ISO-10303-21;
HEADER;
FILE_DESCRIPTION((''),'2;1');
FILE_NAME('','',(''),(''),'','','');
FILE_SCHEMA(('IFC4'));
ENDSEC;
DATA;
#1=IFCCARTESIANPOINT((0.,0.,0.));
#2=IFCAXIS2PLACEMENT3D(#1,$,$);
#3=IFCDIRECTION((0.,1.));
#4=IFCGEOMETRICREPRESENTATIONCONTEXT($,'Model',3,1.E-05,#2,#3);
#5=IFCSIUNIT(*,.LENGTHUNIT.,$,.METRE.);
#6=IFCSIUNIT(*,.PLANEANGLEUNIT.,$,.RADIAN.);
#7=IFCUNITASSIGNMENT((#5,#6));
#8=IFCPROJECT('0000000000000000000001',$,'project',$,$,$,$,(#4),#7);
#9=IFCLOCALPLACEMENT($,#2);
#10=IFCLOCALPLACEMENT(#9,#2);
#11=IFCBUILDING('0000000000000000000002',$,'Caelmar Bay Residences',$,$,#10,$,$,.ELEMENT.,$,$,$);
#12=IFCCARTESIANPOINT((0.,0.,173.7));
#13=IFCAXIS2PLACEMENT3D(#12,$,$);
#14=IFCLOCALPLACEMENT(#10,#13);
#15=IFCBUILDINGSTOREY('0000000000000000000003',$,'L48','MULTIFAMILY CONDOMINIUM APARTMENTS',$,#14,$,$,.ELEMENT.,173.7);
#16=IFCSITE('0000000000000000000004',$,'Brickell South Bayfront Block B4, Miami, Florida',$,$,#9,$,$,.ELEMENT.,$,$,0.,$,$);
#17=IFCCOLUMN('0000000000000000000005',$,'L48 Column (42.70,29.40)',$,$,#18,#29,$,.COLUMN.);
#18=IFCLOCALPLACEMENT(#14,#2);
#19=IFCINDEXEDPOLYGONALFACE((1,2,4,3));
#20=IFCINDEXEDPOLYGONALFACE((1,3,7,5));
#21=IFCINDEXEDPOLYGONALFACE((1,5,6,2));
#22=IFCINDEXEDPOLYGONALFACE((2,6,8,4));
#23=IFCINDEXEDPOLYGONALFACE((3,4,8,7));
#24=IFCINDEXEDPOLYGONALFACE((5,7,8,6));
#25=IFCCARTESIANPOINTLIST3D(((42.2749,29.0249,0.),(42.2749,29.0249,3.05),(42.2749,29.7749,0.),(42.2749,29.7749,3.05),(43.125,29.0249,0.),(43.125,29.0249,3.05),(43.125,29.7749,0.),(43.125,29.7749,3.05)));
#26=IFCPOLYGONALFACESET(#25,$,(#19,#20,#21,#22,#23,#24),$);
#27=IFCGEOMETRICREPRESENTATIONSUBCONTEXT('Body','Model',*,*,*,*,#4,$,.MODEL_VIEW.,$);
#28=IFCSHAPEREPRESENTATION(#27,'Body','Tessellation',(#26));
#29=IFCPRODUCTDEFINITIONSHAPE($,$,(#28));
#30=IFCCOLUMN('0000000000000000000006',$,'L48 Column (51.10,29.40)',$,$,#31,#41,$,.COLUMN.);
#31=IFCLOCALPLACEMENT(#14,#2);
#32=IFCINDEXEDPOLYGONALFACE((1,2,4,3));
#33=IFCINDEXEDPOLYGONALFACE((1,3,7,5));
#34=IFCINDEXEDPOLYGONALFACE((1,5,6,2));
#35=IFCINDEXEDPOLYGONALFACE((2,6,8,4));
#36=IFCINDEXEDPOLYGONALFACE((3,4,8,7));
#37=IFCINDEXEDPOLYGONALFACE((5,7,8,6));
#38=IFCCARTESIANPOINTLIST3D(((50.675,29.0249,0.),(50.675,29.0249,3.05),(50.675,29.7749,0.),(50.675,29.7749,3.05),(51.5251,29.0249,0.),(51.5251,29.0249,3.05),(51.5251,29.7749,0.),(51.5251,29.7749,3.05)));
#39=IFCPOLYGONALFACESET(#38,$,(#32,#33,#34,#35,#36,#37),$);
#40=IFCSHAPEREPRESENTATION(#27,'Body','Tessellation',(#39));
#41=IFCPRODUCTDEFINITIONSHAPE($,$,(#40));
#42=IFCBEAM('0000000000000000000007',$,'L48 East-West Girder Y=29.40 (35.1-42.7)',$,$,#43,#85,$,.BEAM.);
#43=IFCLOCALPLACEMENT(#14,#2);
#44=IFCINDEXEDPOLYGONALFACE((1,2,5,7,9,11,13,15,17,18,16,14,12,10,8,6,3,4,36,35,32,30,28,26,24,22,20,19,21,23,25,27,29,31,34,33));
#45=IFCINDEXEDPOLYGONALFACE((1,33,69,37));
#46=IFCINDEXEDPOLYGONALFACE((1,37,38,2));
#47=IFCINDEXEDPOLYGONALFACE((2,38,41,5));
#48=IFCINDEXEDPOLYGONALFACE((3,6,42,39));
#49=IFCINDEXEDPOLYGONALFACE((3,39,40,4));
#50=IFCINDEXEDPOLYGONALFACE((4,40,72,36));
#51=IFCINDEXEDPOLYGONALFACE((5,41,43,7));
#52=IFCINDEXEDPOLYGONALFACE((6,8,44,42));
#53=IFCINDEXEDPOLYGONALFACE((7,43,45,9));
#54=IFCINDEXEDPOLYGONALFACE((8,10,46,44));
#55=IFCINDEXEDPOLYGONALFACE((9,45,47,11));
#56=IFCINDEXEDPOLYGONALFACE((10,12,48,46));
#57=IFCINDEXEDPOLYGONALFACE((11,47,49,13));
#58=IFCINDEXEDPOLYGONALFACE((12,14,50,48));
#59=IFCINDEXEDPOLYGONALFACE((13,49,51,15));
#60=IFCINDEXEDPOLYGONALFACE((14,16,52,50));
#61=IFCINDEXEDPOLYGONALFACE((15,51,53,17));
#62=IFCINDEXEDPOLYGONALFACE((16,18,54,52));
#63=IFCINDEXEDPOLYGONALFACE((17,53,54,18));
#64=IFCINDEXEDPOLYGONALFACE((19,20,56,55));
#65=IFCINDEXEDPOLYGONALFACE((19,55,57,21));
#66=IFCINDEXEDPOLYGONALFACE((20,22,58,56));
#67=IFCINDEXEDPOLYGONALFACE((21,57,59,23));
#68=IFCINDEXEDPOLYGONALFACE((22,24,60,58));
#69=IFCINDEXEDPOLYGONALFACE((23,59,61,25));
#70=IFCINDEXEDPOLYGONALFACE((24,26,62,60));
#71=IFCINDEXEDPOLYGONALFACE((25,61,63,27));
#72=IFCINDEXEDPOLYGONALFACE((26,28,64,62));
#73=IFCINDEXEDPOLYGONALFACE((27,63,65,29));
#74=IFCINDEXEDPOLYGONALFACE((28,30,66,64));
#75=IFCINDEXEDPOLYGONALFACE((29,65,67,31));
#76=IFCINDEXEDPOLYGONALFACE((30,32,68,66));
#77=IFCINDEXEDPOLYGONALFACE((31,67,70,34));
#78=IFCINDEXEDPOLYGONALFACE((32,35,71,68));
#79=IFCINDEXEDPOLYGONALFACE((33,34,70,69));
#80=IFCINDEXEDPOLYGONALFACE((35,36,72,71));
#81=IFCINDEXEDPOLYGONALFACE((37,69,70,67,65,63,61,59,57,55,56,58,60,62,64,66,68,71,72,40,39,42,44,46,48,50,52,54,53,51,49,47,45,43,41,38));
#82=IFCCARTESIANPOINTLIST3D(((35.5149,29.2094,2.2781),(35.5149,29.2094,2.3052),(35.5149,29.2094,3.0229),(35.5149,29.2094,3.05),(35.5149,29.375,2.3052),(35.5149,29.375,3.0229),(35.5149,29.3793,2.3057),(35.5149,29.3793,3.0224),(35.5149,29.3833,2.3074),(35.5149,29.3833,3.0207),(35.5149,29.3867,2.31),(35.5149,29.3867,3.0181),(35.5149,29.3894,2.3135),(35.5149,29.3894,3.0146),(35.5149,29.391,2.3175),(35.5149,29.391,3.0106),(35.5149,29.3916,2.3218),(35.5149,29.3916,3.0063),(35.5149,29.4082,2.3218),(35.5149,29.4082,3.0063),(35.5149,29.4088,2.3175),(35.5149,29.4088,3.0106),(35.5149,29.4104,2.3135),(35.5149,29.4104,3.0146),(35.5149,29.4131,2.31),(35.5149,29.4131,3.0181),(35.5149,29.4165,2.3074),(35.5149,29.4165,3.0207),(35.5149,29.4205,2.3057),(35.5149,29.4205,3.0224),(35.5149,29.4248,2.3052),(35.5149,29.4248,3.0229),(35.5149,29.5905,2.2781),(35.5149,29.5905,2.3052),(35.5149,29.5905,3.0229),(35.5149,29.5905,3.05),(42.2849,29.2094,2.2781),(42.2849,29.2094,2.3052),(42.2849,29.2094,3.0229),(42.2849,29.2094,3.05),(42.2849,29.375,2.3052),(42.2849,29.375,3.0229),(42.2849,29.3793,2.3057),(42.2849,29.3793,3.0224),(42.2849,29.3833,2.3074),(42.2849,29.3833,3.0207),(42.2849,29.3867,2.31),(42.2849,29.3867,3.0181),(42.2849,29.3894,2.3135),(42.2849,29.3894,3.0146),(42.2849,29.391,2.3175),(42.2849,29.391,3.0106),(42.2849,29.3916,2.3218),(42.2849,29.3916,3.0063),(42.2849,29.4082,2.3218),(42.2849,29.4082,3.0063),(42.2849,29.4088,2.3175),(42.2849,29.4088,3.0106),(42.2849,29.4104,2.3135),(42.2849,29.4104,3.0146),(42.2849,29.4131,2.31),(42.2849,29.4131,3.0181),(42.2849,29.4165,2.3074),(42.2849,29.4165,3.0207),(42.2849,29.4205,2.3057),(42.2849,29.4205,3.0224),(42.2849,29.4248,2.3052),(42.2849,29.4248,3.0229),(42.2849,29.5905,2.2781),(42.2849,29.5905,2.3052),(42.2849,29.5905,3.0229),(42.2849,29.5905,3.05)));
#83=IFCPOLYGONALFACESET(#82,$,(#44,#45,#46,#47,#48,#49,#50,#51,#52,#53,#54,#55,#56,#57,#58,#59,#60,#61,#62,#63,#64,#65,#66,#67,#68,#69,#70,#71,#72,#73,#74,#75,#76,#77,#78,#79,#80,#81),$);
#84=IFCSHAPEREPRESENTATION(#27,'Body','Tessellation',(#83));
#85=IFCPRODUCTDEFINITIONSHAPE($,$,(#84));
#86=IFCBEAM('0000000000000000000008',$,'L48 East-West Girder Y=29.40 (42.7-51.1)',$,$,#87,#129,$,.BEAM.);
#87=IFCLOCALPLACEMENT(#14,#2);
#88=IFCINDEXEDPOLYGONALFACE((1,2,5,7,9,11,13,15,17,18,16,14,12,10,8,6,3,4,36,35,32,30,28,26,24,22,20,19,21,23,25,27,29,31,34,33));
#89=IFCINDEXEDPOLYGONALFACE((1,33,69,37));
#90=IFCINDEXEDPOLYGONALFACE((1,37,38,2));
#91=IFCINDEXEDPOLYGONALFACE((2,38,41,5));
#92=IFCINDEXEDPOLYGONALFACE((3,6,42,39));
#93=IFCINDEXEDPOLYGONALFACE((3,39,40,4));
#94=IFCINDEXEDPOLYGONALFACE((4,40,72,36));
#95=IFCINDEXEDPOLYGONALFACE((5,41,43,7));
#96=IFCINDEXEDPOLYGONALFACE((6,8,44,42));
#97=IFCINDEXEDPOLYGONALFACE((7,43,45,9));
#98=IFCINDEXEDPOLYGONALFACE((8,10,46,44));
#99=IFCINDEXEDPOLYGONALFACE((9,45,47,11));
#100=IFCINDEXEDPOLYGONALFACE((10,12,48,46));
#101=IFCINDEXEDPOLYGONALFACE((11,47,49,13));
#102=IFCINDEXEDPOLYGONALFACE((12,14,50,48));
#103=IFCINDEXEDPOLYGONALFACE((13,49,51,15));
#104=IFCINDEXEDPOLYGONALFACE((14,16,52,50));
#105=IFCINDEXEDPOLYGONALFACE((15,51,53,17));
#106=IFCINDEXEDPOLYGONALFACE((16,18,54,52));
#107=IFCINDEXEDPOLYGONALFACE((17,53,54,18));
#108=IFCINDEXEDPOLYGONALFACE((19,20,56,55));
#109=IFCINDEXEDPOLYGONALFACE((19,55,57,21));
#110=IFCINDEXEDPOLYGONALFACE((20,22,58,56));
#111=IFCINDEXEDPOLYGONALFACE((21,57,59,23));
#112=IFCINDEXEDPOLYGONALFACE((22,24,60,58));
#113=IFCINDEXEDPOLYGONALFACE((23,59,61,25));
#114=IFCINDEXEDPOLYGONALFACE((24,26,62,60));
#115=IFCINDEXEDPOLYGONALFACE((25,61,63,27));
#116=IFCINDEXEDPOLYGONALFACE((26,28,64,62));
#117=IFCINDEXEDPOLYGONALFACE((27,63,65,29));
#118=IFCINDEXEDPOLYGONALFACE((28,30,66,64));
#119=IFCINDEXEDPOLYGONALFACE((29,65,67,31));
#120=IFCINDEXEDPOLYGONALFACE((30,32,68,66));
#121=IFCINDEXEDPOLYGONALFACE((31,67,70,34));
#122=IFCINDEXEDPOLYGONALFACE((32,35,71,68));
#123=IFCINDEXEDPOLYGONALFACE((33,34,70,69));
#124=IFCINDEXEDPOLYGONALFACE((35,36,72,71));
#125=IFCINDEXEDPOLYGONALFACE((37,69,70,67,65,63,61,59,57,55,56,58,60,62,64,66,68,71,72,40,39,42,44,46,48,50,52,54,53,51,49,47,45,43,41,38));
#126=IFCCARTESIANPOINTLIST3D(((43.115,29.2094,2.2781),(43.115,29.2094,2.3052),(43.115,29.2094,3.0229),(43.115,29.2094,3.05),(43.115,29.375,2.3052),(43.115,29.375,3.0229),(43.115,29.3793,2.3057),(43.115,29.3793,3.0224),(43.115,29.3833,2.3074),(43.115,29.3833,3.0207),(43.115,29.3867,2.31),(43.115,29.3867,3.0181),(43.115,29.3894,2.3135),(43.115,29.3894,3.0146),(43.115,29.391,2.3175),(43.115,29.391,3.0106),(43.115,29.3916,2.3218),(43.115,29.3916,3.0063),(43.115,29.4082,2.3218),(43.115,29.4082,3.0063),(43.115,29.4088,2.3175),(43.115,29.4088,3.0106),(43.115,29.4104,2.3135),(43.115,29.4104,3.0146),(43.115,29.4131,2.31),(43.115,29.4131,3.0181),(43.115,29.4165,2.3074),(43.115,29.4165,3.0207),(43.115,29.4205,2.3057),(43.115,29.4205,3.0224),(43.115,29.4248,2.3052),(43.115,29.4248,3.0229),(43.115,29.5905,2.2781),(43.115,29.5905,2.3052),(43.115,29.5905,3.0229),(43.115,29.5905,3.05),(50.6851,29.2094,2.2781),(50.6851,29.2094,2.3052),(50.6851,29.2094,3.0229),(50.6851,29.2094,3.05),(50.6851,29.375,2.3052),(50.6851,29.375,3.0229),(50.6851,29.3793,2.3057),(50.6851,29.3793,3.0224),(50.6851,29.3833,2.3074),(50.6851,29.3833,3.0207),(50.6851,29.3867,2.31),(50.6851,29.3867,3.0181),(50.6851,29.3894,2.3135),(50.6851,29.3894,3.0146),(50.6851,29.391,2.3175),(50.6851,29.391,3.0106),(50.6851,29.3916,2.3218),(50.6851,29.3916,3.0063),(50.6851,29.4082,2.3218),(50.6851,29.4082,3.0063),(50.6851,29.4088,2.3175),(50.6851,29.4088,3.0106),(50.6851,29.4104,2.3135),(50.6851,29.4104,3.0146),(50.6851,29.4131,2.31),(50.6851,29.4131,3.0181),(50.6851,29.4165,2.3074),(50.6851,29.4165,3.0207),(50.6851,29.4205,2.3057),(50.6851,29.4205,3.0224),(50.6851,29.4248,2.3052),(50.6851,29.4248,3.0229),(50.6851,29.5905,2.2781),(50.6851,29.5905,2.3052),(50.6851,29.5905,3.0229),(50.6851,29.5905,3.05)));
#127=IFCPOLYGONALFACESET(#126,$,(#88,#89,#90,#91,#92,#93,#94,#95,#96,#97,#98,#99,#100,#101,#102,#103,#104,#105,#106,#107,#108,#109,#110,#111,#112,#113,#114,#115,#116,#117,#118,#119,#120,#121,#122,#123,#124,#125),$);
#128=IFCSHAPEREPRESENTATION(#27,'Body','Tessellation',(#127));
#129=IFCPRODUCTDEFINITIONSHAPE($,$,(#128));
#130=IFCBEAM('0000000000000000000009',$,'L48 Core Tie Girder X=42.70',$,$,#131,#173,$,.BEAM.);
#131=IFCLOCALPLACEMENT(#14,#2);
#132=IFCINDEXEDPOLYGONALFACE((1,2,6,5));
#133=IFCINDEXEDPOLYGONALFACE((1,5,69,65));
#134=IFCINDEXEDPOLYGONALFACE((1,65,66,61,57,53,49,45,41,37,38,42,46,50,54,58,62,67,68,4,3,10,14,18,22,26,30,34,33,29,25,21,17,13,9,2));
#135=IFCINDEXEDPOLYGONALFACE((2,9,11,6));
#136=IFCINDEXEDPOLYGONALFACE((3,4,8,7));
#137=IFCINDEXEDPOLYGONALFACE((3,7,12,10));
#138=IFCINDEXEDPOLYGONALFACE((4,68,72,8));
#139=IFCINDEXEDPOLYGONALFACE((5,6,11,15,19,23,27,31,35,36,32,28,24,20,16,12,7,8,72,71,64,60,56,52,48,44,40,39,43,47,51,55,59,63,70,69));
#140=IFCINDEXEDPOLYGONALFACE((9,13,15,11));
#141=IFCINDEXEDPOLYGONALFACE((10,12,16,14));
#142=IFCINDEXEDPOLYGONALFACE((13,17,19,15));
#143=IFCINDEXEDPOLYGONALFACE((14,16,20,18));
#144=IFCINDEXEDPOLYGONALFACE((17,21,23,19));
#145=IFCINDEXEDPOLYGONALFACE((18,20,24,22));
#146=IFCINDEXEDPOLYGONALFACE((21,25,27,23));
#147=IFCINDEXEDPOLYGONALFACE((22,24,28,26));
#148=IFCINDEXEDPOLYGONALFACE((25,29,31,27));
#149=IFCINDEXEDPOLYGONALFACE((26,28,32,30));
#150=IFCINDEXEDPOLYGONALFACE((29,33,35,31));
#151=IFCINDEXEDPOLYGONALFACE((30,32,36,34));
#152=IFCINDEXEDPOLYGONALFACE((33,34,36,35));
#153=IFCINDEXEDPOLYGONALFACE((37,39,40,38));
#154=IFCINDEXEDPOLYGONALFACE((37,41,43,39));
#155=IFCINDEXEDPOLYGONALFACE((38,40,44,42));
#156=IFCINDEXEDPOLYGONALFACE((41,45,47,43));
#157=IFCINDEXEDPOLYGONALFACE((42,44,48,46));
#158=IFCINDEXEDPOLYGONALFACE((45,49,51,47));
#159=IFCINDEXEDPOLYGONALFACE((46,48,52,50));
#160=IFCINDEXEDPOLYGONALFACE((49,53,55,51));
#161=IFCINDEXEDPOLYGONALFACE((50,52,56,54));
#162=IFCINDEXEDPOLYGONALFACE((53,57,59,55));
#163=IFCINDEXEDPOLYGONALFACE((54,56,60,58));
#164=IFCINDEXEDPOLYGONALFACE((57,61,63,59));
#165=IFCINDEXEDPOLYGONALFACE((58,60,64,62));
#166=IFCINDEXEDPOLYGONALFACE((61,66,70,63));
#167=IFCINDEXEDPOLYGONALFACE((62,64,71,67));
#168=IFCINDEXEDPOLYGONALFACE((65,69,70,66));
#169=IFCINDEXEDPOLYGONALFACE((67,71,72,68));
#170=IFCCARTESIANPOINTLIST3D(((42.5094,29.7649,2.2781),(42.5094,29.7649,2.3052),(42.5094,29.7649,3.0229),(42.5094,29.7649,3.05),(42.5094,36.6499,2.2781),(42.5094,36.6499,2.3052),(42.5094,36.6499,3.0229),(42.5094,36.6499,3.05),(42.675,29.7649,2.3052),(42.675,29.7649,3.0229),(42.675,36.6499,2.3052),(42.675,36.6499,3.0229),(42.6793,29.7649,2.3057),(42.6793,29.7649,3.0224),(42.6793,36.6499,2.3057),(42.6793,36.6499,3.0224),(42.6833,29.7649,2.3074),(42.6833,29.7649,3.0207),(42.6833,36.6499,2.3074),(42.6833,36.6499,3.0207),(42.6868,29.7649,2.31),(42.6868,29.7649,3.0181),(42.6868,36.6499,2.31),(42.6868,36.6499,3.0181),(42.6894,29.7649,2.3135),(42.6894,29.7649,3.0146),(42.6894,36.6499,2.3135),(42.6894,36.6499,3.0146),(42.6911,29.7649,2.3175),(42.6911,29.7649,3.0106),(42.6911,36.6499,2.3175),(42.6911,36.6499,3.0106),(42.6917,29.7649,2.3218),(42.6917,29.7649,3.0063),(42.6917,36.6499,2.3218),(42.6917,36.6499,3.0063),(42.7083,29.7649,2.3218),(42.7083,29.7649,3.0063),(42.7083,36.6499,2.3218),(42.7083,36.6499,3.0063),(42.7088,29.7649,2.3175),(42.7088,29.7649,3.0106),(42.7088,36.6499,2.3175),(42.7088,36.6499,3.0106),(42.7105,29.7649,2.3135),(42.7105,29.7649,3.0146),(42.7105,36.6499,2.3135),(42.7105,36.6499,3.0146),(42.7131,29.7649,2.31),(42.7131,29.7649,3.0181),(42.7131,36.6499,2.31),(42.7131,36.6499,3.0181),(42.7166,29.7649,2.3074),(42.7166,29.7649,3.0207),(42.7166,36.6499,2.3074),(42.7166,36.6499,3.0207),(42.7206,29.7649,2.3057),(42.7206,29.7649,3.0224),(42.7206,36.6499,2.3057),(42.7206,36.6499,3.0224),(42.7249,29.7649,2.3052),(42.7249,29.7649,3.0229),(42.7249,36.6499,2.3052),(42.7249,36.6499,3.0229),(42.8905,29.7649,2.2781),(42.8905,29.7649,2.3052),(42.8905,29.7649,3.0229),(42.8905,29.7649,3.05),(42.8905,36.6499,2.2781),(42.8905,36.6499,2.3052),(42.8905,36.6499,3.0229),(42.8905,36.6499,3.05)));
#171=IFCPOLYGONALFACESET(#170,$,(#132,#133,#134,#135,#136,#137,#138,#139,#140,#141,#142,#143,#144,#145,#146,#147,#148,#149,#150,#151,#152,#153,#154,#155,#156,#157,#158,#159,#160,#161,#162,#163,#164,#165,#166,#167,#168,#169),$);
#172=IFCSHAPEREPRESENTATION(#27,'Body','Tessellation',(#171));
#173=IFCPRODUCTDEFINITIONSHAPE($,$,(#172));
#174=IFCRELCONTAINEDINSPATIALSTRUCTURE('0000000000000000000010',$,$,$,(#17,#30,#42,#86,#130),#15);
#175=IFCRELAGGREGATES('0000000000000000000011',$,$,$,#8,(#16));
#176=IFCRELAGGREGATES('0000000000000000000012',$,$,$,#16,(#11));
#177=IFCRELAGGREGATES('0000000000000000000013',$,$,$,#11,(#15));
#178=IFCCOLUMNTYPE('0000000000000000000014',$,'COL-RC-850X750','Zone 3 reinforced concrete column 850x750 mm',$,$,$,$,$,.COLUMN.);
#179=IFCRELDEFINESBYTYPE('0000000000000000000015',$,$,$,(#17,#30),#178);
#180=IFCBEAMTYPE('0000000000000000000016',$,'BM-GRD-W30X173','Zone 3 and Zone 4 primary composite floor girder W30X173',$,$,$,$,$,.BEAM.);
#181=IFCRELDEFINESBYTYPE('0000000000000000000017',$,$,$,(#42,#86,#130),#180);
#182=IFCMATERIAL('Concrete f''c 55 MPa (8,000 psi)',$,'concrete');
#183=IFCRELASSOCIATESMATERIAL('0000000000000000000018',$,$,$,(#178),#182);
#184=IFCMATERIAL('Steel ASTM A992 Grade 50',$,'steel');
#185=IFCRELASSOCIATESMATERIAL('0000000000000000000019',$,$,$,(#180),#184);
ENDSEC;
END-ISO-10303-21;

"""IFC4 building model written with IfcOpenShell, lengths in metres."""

from ifc_helpers import new_model, si_unit, direction, frame, origin, origin_2d, place, context, subcontext, project, spatial, rectangle, i_section, extrude, material, material_profile, profile_set, type_object, element, save


model = new_model("IFC4")

# Units and contexts
model_context = context("Model", 3, precision=1e-05, world=origin(), true_north=direction((0.0, 1.0)))
body_context = subcontext(model_context, "Body", "Model", "MODEL_VIEW")
ifc_project = project(units=[si_unit("LENGTHUNIT", "METRE"), si_unit("PLANEANGLEUNIT", "RADIAN")], contexts=[model_context])

# Site, building, storey
site_placement = place(None, origin())
site = spatial("IfcSite", under=ifc_project, at=site_placement, Name="Brickell South Bayfront Block B4, Miami, Florida", CompositionType="ELEMENT", RefElevation=0.0)
building_placement = place(site_placement, origin())
building = spatial("IfcBuilding", under=site, at=building_placement, Name="Caelmar Bay Residences", CompositionType="ELEMENT")
storey_placement = place(building_placement, frame((0.0, 0.0, 173.7)))
storey = spatial("IfcBuildingStorey", under=building, at=storey_placement, Name="L48", Description="MULTIFAMILY CONDOMINIUM APARTMENTS", CompositionType="ELEMENT", Elevation=173.7)

# Columns
ifc_material_1 = material(Name="Concrete f'c 55 MPa (8,000 psi)", Category="concrete")
ifc_material_profile_1 = material_profile(ifc_material_1, rectangle(XDim=0.8501, YDim=0.75, at=origin_2d()), Name="RC-COL-850X750")
ifc_profile_set_1 = profile_set([ifc_material_profile_1], Name="Concrete f'c 55 MPa (8,000 psi)")
column_type = type_object("IfcColumnType", Name="COL-RC-850X750", Description="Zone 3 reinforced concrete column 850x750 mm", PredefinedType="COLUMN", material=ifc_profile_set_1)
for number, where, z_axis, x_axis, name in (
    (1, (42.7, 29.3999, 0.0), (0.0, 0.0, 1.0), (1.0, 0.0, 0.0), "L48 Column (42.70,29.40)"),
    (2, (51.1001, 29.3999, 0.0), (0.0, 0.0, 1.0), (1.0, 0.0, 0.0), "L48 Column (51.10,29.40)"),
):
    element("IfcColumn", number, at=place(storey_placement, frame(where, z_axis=z_axis, x_axis=x_axis)), inside=storey, type_object=column_type, Name=name, PredefinedType="COLUMN", context=body_context, shape_type="SweptSolid", body=[
        extrude(rectangle(XDim=0.8501, YDim=0.75, at=origin_2d()), origin(), (0.0, 0.0, 1.0), 3.05),
    ])

# Beams
ifc_material_2 = material(Name="Steel ASTM A992 Grade 50", Category="steel")
ifc_material_profile_2 = material_profile(ifc_material_2, i_section(OverallWidth=0.3811, OverallDepth=0.772, WebThickness=0.0166, FlangeThickness=0.0271, FilletRadius=0.0166, at=origin_2d()), Name="W30X173")
ifc_profile_set_2 = profile_set([ifc_material_profile_2], Name="Steel ASTM A992 Grade 50")
beam_type_1 = type_object("IfcBeamType", Name="BM-GRD-W30X173", Description="Zone 3 and Zone 4 primary composite floor girder W30X173", PredefinedType="BEAM", material=ifc_profile_set_2)
beam_1_placement = place(storey_placement, frame((35.5149, 29.3999, 2.6641), z_axis=(1.0, 0.0, 0.0), x_axis=(0.0, 1.0, 0.0)))
element("IfcBeam", 3, at=beam_1_placement, inside=storey, type_object=beam_type_1, Name="L48 East-West Girder Y=29.40 (35.1-42.7)", PredefinedType="BEAM", context=body_context, shape_type="SweptSolid", body=[
    extrude(i_section(OverallWidth=0.3811, OverallDepth=0.772, WebThickness=0.0166, FlangeThickness=0.0271, FilletRadius=0.0166, at=origin_2d()), origin(), (0.0, 0.0, 1.0), 6.77),
])
beam_2_placement = place(storey_placement, frame((43.115, 29.3999, 2.6641), z_axis=(1.0, 0.0, 0.0), x_axis=(0.0, 1.0, 0.0)))
element("IfcBeam", 4, at=beam_2_placement, inside=storey, type_object=beam_type_1, Name="L48 East-West Girder Y=29.40 (42.7-51.1)", PredefinedType="BEAM", context=body_context, shape_type="SweptSolid", body=[
    extrude(i_section(OverallWidth=0.3811, OverallDepth=0.772, WebThickness=0.0166, FlangeThickness=0.0271, FilletRadius=0.0166, at=origin_2d()), origin(), (0.0, 0.0, 1.0), 7.5701),
])
beam_3_placement = place(storey_placement, frame((42.7, 29.7649, 2.6641), z_axis=(0.0, 1.0, 0.0), x_axis=(-1.0, 0.0, 0.0)))
element("IfcBeam", 5, at=beam_3_placement, inside=storey, type_object=beam_type_1, Name="L48 Core Tie Girder X=42.70", PredefinedType="BEAM", context=body_context, shape_type="SweptSolid", body=[
    extrude(i_section(OverallWidth=0.3811, OverallDepth=0.772, WebThickness=0.0166, FlangeThickness=0.0271, FilletRadius=0.0166, at=origin_2d()), origin(), (0.0, 0.0, 1.0), 6.885),
])

save(model, "model.ifc")
